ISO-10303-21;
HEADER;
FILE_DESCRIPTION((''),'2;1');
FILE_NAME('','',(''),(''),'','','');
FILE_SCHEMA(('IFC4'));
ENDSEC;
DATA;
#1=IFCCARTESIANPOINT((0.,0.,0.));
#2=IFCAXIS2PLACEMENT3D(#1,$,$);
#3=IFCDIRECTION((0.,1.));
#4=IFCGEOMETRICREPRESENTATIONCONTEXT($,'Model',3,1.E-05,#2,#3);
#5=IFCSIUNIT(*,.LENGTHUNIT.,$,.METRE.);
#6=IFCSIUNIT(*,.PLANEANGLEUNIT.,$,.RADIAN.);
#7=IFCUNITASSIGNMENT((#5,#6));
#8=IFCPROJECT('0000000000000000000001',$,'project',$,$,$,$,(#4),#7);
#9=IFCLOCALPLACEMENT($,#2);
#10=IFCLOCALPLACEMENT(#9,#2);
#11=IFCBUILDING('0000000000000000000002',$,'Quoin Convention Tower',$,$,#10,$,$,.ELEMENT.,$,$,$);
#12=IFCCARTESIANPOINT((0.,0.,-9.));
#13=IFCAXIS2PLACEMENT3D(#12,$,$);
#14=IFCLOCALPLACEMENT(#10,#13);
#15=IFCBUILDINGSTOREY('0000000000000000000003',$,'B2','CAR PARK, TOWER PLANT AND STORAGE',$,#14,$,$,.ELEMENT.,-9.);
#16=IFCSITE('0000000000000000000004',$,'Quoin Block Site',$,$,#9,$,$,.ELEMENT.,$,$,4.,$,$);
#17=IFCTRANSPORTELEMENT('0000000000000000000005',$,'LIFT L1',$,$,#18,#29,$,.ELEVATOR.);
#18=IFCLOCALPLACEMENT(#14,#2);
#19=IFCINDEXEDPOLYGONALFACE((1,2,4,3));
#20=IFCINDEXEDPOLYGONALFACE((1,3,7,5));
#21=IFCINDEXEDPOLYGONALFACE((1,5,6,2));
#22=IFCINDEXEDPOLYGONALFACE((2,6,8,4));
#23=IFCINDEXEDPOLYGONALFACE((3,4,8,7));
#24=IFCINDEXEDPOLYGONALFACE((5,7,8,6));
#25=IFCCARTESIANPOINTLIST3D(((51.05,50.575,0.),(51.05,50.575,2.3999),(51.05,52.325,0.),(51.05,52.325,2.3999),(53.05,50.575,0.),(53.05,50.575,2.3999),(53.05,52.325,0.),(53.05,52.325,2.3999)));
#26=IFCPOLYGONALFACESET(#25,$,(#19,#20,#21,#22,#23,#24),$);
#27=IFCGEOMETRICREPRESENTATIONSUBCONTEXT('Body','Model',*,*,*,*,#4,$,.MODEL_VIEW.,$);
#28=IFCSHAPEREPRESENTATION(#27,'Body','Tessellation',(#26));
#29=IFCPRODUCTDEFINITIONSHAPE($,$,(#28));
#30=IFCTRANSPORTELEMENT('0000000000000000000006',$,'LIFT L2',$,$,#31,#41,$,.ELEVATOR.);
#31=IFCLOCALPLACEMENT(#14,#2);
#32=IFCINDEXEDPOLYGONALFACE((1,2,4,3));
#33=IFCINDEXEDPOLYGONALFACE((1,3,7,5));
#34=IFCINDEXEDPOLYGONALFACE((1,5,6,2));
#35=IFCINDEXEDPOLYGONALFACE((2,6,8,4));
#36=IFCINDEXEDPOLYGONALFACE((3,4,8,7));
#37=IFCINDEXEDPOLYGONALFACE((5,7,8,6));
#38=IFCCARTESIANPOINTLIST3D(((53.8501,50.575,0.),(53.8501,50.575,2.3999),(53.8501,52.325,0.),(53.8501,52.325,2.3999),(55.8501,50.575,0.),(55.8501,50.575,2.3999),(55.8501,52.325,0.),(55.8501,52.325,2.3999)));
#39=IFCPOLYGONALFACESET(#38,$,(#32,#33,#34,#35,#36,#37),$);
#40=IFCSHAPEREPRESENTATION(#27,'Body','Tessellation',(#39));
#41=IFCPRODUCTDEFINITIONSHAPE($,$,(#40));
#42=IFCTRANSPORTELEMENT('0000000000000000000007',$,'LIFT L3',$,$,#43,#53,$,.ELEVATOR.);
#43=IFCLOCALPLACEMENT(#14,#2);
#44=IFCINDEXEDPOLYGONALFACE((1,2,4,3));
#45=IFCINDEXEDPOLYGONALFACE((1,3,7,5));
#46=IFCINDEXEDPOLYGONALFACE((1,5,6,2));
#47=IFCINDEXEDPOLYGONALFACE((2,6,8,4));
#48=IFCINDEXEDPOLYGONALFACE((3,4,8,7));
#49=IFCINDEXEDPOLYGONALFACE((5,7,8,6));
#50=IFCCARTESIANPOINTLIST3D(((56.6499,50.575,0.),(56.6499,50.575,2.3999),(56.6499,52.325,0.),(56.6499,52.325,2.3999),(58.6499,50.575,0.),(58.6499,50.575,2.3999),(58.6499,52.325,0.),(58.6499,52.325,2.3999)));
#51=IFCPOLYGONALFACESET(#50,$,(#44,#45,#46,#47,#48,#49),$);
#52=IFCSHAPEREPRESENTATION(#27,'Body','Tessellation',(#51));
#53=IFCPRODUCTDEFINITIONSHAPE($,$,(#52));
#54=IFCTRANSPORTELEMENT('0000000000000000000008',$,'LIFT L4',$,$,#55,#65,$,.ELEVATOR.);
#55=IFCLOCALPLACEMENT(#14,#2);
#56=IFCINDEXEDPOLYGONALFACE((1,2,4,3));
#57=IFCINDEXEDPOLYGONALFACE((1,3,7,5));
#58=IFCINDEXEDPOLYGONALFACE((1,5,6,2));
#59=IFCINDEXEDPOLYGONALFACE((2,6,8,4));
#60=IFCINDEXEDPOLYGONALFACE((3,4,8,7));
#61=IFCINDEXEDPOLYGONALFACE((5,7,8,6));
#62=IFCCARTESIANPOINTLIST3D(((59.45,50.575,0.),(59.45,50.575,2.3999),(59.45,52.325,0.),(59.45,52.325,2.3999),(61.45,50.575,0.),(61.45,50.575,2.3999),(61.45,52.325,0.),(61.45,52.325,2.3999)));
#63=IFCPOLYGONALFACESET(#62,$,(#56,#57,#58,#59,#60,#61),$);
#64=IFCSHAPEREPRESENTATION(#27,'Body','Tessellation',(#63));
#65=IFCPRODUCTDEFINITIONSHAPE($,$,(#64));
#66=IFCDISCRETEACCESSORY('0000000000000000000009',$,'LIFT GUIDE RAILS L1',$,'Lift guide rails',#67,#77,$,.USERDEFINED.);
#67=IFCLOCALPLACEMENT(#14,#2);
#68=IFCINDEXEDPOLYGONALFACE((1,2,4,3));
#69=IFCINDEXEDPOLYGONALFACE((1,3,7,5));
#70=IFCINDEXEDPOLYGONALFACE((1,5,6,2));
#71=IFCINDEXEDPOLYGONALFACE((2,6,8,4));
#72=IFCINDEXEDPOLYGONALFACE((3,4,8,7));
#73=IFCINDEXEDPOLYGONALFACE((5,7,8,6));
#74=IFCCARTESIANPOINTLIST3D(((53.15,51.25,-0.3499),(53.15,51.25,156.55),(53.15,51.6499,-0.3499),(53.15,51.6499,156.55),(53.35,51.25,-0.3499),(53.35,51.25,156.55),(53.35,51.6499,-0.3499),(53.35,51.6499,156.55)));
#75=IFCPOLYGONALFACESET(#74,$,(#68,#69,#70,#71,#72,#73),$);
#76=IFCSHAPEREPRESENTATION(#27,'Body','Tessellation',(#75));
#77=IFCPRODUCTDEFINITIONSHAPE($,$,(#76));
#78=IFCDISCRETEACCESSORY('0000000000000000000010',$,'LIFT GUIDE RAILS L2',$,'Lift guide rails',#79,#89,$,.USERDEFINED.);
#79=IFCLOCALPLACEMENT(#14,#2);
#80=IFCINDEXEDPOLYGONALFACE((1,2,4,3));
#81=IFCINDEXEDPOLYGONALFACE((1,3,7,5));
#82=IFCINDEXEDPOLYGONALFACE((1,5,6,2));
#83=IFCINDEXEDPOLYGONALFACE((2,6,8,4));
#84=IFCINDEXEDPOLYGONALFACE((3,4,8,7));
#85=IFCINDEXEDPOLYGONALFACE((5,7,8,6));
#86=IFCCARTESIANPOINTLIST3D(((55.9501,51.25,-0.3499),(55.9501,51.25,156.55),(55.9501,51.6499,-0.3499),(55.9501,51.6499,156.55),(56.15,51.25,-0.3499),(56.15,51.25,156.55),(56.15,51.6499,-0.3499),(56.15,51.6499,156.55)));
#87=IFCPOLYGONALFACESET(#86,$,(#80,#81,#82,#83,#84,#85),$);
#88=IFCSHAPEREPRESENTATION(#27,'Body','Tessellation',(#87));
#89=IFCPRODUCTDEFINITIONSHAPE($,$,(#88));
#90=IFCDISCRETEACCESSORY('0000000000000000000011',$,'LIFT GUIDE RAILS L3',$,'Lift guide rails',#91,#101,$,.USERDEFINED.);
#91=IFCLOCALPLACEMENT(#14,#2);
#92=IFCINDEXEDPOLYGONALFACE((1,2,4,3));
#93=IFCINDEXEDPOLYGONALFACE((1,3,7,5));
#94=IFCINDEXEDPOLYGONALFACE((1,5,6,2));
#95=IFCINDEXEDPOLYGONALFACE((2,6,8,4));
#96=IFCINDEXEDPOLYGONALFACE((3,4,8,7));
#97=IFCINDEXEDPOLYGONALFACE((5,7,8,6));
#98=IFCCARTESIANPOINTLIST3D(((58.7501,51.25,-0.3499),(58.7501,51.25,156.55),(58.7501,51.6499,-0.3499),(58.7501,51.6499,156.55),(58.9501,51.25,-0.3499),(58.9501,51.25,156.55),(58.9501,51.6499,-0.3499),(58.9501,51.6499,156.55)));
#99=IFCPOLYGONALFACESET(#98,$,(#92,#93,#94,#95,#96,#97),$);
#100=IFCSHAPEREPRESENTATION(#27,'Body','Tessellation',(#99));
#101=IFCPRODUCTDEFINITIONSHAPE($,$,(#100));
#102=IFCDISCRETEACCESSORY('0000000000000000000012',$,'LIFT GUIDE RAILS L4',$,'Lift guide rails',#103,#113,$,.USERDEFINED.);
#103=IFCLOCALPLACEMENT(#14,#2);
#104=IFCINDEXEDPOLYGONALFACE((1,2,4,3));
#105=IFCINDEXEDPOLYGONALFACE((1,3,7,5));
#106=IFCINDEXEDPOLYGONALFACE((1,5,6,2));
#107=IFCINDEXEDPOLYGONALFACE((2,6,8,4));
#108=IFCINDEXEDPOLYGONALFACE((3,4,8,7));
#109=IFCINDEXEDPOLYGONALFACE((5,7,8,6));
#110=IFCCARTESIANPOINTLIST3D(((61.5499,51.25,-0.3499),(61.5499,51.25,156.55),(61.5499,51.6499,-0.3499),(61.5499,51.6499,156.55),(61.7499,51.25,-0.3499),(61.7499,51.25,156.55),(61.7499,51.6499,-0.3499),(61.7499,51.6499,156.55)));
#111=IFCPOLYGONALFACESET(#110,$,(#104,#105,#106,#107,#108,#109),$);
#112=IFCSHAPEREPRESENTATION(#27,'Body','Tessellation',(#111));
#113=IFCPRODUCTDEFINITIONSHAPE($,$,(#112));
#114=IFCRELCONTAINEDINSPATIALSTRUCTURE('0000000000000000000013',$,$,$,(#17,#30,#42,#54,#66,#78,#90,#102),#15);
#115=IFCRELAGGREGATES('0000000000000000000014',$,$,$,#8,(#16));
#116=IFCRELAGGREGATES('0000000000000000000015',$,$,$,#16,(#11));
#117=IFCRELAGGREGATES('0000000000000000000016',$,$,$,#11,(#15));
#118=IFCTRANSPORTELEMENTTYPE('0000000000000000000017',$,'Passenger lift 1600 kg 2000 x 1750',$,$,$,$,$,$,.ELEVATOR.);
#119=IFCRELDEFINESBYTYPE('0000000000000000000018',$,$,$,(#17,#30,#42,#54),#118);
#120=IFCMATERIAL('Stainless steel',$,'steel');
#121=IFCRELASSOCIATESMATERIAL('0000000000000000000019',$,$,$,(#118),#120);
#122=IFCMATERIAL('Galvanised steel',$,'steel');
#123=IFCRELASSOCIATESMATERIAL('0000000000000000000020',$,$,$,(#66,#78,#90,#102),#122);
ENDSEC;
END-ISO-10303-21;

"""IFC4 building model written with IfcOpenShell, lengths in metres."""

from ifc_helpers import new_model, si_unit, direction, frame, origin, origin_2d, place, context, subcontext, project, spatial, rectangle, extrude, material, type_object, element, save


model = new_model("IFC4")

# Units and contexts
model_context = context("Model", 3, precision=1e-05, world=origin(), true_north=direction((0.0, 1.0)))
body_context = subcontext(model_context, "Body", "Model", "MODEL_VIEW")
ifc_project = project(units=[si_unit("LENGTHUNIT", "METRE"), si_unit("PLANEANGLEUNIT", "RADIAN")], contexts=[model_context])

# Site, building, storey
site_placement = place(None, origin())
site = spatial("IfcSite", under=ifc_project, at=site_placement, Name="Quoin Block Site", CompositionType="ELEMENT", RefElevation=4.0)
building_placement = place(site_placement, origin())
building = spatial("IfcBuilding", under=site, at=building_placement, Name="Quoin Convention Tower", CompositionType="ELEMENT")
storey_placement = place(building_placement, frame((0.0, 0.0, -9.0)))
storey = spatial("IfcBuildingStorey", under=building, at=storey_placement, Name="B2", Description="CAR PARK, TOWER PLANT AND STORAGE", CompositionType="ELEMENT", Elevation=-9.0)

# Transport elements
ifc_material_1 = material(Name="Stainless steel", Category="steel")
transport_element_type = type_object("IfcTransportElementType", Name="Passenger lift 1600 kg 2000 x 1750", PredefinedType="ELEVATOR", material=ifc_material_1)
for number, where, z_axis, x_axis, name in (
    (1, (52.05, 51.45, 0.0), (0.0, 0.0, 1.0), (1.0, 0.0, 0.0), "LIFT L1"),
    (2, (54.8501, 51.45, 0.0), (0.0, 0.0, 1.0), (1.0, 0.0, 0.0), "LIFT L2"),
    (3, (57.6499, 51.45, 0.0), (0.0, 0.0, 1.0), (1.0, 0.0, 0.0), "LIFT L3"),
    (4, (60.45, 51.45, 0.0), (0.0, 0.0, 1.0), (1.0, 0.0, 0.0), "LIFT L4"),
):
    element("IfcTransportElement", number, at=place(storey_placement, frame(where, z_axis=z_axis, x_axis=x_axis)), inside=storey, type_object=transport_element_type, Name=name, PredefinedType="ELEVATOR", context=body_context, shape_type="SweptSolid", body=[
        extrude(rectangle(XDim=2.0, YDim=1.75, at=origin_2d()), origin(), (0.0, 0.0, 1.0), 2.3999),
    ])

# Discrete accessories
ifc_material_2 = material(Name="Galvanised steel", Category="steel")
for number, where, z_axis, x_axis, name in (
    (5, (53.25, 51.45, -0.3499), (0.0, 0.0, 1.0), (1.0, 0.0, 0.0), "LIFT GUIDE RAILS L1"),
    (6, (56.05, 51.45, -0.3499), (0.0, 0.0, 1.0), (1.0, 0.0, 0.0), "LIFT GUIDE RAILS L2"),
    (7, (58.8501, 51.45, -0.3499), (0.0, 0.0, 1.0), (1.0, 0.0, 0.0), "LIFT GUIDE RAILS L3"),
    (8, (61.6499, 51.45, -0.3499), (0.0, 0.0, 1.0), (1.0, 0.0, 0.0), "LIFT GUIDE RAILS L4"),
):
    element("IfcDiscreteAccessory", number, at=place(storey_placement, frame(where, z_axis=z_axis, x_axis=x_axis)), inside=storey, material=ifc_material_2, Name=name, ObjectType="Lift guide rails", PredefinedType="USERDEFINED", context=body_context, shape_type="SweptSolid", body=[
        extrude(rectangle(XDim=0.2, YDim=0.3999, at=origin_2d()), origin(), (0.0, 0.0, 1.0), 156.8999),
    ])

save(model, "model.ifc")
